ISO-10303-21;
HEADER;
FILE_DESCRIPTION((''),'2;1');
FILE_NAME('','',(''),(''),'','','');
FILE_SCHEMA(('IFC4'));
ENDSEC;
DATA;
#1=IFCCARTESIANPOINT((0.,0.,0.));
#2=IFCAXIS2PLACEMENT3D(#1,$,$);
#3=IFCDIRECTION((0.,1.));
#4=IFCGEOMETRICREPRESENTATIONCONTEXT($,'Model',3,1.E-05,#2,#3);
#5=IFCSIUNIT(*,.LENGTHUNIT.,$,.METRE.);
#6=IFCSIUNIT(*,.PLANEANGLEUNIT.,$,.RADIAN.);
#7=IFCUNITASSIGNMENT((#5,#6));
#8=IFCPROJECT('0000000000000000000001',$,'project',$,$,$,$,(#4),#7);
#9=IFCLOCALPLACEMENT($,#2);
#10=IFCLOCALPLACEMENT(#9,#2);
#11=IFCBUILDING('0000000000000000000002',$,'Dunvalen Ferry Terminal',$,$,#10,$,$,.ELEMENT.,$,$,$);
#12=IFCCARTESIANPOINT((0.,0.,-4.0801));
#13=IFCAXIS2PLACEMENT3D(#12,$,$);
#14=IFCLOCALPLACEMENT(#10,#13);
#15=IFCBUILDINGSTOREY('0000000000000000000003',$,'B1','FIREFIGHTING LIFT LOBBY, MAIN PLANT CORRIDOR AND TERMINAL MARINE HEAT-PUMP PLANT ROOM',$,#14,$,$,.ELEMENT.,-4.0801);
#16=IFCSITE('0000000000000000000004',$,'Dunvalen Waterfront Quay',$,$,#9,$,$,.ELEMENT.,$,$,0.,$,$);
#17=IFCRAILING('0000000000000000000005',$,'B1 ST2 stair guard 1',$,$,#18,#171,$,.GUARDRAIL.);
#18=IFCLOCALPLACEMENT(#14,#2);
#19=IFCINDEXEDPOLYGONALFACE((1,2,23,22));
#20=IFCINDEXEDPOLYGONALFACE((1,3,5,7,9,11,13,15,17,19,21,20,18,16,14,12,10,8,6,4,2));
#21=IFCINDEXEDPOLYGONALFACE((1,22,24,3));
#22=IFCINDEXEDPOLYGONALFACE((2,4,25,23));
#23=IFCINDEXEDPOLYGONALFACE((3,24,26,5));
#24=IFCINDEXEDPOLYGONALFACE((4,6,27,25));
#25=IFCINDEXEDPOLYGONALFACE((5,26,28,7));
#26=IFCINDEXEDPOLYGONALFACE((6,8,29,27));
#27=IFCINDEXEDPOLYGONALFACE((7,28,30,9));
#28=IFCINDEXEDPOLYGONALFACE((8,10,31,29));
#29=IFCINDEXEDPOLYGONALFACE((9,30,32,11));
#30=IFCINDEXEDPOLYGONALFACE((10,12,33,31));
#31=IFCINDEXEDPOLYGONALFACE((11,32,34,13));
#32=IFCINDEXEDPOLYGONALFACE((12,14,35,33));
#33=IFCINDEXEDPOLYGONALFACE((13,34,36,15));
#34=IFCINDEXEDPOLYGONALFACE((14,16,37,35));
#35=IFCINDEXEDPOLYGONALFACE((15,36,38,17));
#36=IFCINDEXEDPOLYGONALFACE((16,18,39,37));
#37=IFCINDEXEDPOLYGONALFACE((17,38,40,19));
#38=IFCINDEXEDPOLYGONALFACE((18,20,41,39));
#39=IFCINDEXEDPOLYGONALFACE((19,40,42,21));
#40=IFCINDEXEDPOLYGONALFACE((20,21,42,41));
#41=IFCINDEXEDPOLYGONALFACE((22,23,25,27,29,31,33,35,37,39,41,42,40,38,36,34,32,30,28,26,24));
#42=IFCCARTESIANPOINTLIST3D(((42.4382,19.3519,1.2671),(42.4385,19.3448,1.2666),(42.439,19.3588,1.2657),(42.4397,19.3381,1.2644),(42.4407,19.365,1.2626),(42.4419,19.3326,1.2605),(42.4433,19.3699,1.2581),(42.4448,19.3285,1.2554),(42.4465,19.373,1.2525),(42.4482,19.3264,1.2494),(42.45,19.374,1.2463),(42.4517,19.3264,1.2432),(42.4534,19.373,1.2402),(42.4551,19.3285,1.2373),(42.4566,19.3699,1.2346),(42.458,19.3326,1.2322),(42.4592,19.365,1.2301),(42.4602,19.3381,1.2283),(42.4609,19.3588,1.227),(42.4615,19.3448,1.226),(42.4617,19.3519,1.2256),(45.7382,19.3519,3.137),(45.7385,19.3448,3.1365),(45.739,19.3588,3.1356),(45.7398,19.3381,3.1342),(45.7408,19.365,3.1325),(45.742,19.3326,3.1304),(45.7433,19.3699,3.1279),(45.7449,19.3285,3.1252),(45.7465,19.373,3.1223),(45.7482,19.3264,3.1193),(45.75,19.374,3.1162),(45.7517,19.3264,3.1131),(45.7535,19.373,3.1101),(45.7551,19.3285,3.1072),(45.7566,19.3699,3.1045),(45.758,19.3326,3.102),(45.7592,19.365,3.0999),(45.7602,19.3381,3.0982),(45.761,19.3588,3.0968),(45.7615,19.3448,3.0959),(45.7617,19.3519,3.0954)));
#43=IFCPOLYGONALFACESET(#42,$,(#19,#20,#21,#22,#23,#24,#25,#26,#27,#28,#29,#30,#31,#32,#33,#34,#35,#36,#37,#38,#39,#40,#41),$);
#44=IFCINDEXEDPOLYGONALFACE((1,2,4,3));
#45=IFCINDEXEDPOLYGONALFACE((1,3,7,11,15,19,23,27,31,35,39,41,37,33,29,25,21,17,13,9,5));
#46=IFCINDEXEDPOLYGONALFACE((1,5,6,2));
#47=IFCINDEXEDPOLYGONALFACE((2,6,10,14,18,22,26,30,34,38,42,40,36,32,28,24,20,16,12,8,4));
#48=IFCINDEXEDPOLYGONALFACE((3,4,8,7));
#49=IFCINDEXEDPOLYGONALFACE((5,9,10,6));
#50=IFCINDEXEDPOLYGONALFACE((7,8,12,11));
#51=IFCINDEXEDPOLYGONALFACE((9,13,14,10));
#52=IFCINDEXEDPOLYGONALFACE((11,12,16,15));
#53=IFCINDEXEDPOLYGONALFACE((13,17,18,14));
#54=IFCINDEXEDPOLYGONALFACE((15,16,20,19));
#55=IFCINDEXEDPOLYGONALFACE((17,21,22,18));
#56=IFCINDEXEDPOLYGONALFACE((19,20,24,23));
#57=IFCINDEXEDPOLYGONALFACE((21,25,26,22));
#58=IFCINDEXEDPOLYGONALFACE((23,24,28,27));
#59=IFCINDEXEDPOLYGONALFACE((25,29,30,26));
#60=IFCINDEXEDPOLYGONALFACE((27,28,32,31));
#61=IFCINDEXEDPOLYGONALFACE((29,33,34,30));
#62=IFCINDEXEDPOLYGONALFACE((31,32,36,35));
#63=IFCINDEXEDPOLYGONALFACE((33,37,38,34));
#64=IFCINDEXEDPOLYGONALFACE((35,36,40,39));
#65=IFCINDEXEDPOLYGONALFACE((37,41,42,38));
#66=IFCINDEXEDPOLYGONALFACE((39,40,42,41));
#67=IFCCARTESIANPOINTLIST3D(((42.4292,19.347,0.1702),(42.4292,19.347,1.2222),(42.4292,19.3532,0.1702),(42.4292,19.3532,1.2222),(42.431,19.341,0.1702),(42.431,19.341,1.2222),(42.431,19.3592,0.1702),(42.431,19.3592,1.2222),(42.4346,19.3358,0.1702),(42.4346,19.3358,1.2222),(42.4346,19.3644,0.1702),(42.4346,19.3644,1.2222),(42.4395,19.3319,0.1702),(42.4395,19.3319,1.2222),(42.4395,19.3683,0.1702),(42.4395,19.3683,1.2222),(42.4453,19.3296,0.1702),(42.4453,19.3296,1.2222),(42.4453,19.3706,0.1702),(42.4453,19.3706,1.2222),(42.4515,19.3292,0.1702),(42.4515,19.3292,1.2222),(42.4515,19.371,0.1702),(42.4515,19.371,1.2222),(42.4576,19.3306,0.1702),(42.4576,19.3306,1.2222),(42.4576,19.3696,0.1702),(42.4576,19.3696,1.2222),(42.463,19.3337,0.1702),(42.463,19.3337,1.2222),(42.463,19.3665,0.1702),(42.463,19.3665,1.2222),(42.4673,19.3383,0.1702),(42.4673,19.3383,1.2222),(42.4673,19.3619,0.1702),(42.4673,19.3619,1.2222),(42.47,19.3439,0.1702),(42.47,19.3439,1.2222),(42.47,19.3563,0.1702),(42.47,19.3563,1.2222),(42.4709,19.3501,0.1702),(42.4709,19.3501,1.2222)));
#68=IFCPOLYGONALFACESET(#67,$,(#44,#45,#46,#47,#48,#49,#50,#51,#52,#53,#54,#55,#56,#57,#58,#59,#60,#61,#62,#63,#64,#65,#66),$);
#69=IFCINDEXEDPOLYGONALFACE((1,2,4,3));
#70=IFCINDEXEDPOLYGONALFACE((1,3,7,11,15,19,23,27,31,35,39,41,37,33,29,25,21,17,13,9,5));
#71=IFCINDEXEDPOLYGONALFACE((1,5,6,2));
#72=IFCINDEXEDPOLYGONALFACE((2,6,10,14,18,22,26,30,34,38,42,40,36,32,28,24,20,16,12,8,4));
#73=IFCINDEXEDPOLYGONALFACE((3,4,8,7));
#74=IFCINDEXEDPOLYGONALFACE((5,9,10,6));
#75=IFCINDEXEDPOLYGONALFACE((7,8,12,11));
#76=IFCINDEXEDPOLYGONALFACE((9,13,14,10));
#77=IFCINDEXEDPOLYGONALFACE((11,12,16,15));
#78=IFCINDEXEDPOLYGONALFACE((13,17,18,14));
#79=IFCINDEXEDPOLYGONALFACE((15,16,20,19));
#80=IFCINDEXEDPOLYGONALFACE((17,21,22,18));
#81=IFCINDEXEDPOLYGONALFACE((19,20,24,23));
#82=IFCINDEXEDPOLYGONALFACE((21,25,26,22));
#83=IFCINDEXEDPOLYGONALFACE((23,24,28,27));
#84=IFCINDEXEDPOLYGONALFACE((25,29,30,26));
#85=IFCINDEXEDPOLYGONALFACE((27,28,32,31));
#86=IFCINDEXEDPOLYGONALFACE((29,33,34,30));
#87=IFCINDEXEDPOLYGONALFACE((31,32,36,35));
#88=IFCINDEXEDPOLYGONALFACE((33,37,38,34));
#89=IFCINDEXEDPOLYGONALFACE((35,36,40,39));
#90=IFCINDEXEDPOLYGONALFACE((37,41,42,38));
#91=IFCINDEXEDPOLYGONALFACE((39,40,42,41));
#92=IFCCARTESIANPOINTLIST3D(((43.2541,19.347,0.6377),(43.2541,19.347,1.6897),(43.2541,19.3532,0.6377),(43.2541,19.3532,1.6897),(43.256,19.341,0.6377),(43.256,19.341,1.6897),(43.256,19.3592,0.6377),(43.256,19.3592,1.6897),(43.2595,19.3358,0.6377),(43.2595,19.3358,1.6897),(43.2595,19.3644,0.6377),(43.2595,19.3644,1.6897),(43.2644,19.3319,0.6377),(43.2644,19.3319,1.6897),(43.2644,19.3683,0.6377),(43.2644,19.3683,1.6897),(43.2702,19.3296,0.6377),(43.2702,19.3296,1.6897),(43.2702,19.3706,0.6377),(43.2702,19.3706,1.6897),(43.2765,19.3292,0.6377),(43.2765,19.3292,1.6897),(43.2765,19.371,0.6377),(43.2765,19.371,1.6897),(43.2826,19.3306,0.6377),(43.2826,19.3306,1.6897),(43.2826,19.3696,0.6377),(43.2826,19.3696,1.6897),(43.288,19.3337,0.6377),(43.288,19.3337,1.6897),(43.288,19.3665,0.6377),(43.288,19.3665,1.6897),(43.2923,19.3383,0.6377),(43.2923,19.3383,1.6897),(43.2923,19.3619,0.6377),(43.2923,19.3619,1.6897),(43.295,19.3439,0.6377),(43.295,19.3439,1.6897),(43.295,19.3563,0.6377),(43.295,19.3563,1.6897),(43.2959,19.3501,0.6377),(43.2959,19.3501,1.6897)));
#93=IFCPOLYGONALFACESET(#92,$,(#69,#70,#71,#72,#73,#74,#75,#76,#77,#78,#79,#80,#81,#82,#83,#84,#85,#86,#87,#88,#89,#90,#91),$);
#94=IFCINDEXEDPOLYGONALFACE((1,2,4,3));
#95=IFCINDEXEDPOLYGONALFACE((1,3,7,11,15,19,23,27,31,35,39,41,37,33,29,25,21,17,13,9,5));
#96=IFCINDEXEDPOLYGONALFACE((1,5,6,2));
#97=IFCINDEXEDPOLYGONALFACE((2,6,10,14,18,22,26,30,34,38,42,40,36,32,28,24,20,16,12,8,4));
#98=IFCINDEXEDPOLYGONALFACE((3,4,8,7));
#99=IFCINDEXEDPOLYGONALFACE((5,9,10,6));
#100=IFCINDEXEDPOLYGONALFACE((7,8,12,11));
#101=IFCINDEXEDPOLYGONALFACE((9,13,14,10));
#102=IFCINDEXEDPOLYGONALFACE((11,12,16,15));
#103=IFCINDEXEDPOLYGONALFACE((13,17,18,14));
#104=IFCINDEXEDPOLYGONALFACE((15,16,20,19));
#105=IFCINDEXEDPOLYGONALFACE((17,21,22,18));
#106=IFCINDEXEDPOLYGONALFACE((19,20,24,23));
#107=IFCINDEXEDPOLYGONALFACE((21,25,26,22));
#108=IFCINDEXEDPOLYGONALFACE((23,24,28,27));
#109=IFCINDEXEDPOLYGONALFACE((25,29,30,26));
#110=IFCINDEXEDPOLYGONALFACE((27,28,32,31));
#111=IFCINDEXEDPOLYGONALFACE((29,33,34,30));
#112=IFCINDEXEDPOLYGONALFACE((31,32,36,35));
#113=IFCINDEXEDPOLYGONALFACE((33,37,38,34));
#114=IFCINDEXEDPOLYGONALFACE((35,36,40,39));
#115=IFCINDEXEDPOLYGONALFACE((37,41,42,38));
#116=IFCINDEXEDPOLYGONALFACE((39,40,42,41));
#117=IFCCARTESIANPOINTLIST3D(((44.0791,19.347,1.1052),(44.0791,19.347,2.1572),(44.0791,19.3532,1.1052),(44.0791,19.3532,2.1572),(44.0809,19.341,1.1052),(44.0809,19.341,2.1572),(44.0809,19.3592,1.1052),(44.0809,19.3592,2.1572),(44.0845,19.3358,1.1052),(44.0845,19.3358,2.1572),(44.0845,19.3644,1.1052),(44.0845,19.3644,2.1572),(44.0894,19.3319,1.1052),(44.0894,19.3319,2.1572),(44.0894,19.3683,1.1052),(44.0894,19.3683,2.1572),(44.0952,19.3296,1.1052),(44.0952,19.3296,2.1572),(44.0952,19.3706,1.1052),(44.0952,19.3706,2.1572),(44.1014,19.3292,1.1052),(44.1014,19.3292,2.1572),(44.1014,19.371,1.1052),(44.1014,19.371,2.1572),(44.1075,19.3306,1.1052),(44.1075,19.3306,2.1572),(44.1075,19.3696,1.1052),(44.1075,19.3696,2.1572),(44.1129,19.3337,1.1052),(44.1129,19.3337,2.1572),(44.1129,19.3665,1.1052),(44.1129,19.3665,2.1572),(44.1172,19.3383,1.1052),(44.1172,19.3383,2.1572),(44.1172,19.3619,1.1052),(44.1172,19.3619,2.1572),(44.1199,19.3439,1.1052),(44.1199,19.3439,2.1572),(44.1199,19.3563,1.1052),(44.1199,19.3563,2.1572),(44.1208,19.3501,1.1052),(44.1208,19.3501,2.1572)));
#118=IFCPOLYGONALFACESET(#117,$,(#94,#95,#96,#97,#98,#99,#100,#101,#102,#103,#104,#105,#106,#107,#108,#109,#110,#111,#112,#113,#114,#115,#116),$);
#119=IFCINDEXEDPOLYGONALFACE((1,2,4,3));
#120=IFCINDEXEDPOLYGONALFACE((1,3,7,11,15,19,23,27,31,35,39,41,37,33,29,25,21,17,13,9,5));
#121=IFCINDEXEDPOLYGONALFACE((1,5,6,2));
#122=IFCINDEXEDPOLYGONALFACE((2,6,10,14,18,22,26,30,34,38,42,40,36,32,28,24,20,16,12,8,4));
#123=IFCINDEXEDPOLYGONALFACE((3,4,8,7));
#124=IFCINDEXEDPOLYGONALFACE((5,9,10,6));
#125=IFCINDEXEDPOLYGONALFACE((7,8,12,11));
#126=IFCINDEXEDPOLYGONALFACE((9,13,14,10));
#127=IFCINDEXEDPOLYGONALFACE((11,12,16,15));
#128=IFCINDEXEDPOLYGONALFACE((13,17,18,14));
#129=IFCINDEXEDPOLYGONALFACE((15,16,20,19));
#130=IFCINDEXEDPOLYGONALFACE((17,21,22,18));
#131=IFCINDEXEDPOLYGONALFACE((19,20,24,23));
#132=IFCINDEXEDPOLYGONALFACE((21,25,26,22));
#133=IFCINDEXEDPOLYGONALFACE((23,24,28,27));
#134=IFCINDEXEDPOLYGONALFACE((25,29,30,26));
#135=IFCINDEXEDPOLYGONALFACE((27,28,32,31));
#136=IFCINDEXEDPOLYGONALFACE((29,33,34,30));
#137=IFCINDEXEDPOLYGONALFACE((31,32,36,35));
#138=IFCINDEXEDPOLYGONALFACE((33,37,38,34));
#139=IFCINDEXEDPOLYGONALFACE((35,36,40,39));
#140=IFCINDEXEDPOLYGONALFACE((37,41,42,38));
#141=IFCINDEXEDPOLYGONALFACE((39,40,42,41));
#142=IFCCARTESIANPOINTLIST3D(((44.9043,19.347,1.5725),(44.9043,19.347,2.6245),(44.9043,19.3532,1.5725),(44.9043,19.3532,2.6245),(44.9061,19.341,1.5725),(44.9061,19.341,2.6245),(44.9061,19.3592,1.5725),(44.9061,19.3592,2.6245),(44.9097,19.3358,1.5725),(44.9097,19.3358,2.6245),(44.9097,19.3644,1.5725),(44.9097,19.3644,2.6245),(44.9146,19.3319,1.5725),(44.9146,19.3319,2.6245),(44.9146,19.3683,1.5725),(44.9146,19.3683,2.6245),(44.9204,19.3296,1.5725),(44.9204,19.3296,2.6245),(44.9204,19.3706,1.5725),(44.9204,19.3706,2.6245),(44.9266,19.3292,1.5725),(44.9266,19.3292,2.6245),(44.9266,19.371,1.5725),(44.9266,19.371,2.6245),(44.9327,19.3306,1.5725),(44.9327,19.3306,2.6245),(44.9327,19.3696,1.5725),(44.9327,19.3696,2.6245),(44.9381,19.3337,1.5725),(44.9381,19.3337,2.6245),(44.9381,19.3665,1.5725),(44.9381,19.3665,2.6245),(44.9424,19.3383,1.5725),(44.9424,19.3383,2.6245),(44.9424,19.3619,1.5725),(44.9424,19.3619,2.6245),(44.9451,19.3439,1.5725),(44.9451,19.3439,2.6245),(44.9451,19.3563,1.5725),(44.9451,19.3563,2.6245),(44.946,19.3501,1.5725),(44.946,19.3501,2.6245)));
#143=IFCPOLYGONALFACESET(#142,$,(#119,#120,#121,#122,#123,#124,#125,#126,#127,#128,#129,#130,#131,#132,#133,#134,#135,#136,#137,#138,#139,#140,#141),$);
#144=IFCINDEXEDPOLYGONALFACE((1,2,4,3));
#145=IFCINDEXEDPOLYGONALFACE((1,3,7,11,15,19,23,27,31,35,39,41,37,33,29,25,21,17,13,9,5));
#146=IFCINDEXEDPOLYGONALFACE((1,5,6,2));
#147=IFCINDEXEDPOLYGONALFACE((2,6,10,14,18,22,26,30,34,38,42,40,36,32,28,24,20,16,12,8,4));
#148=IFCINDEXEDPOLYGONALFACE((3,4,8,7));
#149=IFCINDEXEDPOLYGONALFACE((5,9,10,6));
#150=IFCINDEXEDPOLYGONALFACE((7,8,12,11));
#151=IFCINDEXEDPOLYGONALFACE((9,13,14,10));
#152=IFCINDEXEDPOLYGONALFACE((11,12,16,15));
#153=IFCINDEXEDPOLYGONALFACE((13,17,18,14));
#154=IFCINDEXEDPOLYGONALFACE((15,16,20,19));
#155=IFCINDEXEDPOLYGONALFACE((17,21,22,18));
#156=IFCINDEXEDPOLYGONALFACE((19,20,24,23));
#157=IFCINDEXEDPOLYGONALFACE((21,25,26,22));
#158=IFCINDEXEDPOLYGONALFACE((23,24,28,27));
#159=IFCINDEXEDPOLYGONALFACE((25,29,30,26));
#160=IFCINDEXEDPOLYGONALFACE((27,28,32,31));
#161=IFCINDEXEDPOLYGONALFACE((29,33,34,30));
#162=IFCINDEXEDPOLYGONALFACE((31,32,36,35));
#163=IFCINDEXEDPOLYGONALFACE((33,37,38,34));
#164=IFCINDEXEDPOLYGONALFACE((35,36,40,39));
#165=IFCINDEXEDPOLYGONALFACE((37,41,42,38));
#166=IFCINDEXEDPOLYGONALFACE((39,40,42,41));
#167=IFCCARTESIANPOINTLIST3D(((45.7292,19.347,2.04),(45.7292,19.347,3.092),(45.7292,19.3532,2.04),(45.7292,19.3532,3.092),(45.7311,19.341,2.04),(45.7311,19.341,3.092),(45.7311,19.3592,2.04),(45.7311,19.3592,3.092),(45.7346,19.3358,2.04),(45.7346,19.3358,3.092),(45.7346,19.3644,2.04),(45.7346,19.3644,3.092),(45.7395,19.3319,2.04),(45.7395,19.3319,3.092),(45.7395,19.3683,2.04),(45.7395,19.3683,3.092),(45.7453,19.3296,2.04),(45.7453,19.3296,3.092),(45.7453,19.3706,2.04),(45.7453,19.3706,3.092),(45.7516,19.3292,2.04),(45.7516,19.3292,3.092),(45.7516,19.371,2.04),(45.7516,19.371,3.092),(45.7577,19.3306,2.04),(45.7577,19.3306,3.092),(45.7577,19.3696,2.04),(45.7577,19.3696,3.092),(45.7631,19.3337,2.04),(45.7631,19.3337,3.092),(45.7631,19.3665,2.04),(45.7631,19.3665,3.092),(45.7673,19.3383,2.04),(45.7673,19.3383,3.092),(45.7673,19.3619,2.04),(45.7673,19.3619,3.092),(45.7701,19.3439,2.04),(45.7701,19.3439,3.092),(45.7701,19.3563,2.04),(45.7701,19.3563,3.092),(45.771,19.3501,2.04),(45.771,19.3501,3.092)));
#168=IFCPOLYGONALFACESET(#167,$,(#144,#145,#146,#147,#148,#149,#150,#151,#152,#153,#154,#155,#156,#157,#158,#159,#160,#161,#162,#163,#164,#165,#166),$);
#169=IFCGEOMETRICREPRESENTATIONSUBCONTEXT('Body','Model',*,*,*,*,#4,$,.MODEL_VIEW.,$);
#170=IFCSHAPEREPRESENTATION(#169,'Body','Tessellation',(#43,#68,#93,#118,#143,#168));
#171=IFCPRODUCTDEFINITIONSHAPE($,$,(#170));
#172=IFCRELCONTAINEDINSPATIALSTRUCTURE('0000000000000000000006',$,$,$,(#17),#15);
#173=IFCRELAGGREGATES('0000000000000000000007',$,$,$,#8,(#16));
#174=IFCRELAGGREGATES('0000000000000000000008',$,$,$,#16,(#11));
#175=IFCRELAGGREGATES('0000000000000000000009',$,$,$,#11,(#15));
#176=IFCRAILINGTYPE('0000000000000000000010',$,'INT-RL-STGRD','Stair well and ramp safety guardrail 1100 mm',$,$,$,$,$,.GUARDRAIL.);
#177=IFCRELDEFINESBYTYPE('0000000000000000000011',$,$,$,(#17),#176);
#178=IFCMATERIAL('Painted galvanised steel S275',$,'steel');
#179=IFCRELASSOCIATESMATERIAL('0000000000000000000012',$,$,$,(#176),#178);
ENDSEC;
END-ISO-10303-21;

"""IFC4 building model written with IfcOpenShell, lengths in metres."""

from ifc_helpers import new_model, si_unit, direction, frame, origin, origin_2d, place, context, subcontext, project, spatial, circle, extrude, material, type_object, element, save


model = new_model("IFC4")

# Units and contexts
model_context = context("Model", 3, precision=1e-05, world=origin(), true_north=direction((0.0, 1.0)))
body_context = subcontext(model_context, "Body", "Model", "MODEL_VIEW")
ifc_project = project(units=[si_unit("LENGTHUNIT", "METRE"), si_unit("PLANEANGLEUNIT", "RADIAN")], contexts=[model_context])

# Site, building, storey
site_placement = place(None, origin())
site = spatial("IfcSite", under=ifc_project, at=site_placement, Name="Dunvalen Waterfront Quay", CompositionType="ELEMENT", RefElevation=0.0)
building_placement = place(site_placement, origin())
building = spatial("IfcBuilding", under=site, at=building_placement, Name="Dunvalen Ferry Terminal", CompositionType="ELEMENT")
storey_placement = place(building_placement, frame((0.0, 0.0, -4.0801)))
storey = spatial("IfcBuildingStorey", under=building, at=storey_placement, Name="B1", Description="FIREFIGHTING LIFT LOBBY, MAIN PLANT CORRIDOR AND TERMINAL MARINE HEAT-PUMP PLANT ROOM", CompositionType="ELEMENT", Elevation=-4.0801)

# Railing
ifc_material_1 = material(Name="Painted galvanised steel S275", Category="steel")
railing_type_1 = type_object("IfcRailingType", Name="INT-RL-STGRD", Description="Stair well and ramp safety guardrail 1100 mm", PredefinedType="GUARDRAIL", material=ifc_material_1)
railing_1_placement = place(storey_placement, frame((42.45, 19.3501, 0.1702)))
element("IfcRailing", 1, at=railing_1_placement, inside=storey, type_object=railing_type_1, Name="B1 ST2 stair guard 1", PredefinedType="GUARDRAIL", context=body_context, shape_type="SweptSolid", body=[
    extrude(circle(Radius=0.0239, at=origin_2d()), frame((0.0, 0.0, 1.0762), z_axis=(0.87004, 0.0, 0.492982), x_axis=(0.0, 1.0, 0.0)), (0.0, 0.0, 1.0), 3.793),
    extrude(circle(Radius=0.021, at=origin_2d()), origin(), (0.0, 0.0, 1.0), 1.052),
    extrude(circle(Radius=0.021, at=origin_2d()), frame((0.825, 0.0, 0.4675)), (0.0, 0.0, 1.0), 1.052),
    extrude(circle(Radius=0.021, at=origin_2d()), frame((1.6499, 0.0, 0.9351)), (0.0, 0.0, 1.0), 1.052),
    extrude(circle(Radius=0.021, at=origin_2d()), frame((2.4751, 0.0, 1.4023)), (0.0, 0.0, 1.0), 1.052),
    extrude(circle(Radius=0.021, at=origin_2d()), frame((3.3, 0.0, 1.8699)), (0.0, 0.0, 1.0), 1.052),
])

save(model, "model.ifc")
